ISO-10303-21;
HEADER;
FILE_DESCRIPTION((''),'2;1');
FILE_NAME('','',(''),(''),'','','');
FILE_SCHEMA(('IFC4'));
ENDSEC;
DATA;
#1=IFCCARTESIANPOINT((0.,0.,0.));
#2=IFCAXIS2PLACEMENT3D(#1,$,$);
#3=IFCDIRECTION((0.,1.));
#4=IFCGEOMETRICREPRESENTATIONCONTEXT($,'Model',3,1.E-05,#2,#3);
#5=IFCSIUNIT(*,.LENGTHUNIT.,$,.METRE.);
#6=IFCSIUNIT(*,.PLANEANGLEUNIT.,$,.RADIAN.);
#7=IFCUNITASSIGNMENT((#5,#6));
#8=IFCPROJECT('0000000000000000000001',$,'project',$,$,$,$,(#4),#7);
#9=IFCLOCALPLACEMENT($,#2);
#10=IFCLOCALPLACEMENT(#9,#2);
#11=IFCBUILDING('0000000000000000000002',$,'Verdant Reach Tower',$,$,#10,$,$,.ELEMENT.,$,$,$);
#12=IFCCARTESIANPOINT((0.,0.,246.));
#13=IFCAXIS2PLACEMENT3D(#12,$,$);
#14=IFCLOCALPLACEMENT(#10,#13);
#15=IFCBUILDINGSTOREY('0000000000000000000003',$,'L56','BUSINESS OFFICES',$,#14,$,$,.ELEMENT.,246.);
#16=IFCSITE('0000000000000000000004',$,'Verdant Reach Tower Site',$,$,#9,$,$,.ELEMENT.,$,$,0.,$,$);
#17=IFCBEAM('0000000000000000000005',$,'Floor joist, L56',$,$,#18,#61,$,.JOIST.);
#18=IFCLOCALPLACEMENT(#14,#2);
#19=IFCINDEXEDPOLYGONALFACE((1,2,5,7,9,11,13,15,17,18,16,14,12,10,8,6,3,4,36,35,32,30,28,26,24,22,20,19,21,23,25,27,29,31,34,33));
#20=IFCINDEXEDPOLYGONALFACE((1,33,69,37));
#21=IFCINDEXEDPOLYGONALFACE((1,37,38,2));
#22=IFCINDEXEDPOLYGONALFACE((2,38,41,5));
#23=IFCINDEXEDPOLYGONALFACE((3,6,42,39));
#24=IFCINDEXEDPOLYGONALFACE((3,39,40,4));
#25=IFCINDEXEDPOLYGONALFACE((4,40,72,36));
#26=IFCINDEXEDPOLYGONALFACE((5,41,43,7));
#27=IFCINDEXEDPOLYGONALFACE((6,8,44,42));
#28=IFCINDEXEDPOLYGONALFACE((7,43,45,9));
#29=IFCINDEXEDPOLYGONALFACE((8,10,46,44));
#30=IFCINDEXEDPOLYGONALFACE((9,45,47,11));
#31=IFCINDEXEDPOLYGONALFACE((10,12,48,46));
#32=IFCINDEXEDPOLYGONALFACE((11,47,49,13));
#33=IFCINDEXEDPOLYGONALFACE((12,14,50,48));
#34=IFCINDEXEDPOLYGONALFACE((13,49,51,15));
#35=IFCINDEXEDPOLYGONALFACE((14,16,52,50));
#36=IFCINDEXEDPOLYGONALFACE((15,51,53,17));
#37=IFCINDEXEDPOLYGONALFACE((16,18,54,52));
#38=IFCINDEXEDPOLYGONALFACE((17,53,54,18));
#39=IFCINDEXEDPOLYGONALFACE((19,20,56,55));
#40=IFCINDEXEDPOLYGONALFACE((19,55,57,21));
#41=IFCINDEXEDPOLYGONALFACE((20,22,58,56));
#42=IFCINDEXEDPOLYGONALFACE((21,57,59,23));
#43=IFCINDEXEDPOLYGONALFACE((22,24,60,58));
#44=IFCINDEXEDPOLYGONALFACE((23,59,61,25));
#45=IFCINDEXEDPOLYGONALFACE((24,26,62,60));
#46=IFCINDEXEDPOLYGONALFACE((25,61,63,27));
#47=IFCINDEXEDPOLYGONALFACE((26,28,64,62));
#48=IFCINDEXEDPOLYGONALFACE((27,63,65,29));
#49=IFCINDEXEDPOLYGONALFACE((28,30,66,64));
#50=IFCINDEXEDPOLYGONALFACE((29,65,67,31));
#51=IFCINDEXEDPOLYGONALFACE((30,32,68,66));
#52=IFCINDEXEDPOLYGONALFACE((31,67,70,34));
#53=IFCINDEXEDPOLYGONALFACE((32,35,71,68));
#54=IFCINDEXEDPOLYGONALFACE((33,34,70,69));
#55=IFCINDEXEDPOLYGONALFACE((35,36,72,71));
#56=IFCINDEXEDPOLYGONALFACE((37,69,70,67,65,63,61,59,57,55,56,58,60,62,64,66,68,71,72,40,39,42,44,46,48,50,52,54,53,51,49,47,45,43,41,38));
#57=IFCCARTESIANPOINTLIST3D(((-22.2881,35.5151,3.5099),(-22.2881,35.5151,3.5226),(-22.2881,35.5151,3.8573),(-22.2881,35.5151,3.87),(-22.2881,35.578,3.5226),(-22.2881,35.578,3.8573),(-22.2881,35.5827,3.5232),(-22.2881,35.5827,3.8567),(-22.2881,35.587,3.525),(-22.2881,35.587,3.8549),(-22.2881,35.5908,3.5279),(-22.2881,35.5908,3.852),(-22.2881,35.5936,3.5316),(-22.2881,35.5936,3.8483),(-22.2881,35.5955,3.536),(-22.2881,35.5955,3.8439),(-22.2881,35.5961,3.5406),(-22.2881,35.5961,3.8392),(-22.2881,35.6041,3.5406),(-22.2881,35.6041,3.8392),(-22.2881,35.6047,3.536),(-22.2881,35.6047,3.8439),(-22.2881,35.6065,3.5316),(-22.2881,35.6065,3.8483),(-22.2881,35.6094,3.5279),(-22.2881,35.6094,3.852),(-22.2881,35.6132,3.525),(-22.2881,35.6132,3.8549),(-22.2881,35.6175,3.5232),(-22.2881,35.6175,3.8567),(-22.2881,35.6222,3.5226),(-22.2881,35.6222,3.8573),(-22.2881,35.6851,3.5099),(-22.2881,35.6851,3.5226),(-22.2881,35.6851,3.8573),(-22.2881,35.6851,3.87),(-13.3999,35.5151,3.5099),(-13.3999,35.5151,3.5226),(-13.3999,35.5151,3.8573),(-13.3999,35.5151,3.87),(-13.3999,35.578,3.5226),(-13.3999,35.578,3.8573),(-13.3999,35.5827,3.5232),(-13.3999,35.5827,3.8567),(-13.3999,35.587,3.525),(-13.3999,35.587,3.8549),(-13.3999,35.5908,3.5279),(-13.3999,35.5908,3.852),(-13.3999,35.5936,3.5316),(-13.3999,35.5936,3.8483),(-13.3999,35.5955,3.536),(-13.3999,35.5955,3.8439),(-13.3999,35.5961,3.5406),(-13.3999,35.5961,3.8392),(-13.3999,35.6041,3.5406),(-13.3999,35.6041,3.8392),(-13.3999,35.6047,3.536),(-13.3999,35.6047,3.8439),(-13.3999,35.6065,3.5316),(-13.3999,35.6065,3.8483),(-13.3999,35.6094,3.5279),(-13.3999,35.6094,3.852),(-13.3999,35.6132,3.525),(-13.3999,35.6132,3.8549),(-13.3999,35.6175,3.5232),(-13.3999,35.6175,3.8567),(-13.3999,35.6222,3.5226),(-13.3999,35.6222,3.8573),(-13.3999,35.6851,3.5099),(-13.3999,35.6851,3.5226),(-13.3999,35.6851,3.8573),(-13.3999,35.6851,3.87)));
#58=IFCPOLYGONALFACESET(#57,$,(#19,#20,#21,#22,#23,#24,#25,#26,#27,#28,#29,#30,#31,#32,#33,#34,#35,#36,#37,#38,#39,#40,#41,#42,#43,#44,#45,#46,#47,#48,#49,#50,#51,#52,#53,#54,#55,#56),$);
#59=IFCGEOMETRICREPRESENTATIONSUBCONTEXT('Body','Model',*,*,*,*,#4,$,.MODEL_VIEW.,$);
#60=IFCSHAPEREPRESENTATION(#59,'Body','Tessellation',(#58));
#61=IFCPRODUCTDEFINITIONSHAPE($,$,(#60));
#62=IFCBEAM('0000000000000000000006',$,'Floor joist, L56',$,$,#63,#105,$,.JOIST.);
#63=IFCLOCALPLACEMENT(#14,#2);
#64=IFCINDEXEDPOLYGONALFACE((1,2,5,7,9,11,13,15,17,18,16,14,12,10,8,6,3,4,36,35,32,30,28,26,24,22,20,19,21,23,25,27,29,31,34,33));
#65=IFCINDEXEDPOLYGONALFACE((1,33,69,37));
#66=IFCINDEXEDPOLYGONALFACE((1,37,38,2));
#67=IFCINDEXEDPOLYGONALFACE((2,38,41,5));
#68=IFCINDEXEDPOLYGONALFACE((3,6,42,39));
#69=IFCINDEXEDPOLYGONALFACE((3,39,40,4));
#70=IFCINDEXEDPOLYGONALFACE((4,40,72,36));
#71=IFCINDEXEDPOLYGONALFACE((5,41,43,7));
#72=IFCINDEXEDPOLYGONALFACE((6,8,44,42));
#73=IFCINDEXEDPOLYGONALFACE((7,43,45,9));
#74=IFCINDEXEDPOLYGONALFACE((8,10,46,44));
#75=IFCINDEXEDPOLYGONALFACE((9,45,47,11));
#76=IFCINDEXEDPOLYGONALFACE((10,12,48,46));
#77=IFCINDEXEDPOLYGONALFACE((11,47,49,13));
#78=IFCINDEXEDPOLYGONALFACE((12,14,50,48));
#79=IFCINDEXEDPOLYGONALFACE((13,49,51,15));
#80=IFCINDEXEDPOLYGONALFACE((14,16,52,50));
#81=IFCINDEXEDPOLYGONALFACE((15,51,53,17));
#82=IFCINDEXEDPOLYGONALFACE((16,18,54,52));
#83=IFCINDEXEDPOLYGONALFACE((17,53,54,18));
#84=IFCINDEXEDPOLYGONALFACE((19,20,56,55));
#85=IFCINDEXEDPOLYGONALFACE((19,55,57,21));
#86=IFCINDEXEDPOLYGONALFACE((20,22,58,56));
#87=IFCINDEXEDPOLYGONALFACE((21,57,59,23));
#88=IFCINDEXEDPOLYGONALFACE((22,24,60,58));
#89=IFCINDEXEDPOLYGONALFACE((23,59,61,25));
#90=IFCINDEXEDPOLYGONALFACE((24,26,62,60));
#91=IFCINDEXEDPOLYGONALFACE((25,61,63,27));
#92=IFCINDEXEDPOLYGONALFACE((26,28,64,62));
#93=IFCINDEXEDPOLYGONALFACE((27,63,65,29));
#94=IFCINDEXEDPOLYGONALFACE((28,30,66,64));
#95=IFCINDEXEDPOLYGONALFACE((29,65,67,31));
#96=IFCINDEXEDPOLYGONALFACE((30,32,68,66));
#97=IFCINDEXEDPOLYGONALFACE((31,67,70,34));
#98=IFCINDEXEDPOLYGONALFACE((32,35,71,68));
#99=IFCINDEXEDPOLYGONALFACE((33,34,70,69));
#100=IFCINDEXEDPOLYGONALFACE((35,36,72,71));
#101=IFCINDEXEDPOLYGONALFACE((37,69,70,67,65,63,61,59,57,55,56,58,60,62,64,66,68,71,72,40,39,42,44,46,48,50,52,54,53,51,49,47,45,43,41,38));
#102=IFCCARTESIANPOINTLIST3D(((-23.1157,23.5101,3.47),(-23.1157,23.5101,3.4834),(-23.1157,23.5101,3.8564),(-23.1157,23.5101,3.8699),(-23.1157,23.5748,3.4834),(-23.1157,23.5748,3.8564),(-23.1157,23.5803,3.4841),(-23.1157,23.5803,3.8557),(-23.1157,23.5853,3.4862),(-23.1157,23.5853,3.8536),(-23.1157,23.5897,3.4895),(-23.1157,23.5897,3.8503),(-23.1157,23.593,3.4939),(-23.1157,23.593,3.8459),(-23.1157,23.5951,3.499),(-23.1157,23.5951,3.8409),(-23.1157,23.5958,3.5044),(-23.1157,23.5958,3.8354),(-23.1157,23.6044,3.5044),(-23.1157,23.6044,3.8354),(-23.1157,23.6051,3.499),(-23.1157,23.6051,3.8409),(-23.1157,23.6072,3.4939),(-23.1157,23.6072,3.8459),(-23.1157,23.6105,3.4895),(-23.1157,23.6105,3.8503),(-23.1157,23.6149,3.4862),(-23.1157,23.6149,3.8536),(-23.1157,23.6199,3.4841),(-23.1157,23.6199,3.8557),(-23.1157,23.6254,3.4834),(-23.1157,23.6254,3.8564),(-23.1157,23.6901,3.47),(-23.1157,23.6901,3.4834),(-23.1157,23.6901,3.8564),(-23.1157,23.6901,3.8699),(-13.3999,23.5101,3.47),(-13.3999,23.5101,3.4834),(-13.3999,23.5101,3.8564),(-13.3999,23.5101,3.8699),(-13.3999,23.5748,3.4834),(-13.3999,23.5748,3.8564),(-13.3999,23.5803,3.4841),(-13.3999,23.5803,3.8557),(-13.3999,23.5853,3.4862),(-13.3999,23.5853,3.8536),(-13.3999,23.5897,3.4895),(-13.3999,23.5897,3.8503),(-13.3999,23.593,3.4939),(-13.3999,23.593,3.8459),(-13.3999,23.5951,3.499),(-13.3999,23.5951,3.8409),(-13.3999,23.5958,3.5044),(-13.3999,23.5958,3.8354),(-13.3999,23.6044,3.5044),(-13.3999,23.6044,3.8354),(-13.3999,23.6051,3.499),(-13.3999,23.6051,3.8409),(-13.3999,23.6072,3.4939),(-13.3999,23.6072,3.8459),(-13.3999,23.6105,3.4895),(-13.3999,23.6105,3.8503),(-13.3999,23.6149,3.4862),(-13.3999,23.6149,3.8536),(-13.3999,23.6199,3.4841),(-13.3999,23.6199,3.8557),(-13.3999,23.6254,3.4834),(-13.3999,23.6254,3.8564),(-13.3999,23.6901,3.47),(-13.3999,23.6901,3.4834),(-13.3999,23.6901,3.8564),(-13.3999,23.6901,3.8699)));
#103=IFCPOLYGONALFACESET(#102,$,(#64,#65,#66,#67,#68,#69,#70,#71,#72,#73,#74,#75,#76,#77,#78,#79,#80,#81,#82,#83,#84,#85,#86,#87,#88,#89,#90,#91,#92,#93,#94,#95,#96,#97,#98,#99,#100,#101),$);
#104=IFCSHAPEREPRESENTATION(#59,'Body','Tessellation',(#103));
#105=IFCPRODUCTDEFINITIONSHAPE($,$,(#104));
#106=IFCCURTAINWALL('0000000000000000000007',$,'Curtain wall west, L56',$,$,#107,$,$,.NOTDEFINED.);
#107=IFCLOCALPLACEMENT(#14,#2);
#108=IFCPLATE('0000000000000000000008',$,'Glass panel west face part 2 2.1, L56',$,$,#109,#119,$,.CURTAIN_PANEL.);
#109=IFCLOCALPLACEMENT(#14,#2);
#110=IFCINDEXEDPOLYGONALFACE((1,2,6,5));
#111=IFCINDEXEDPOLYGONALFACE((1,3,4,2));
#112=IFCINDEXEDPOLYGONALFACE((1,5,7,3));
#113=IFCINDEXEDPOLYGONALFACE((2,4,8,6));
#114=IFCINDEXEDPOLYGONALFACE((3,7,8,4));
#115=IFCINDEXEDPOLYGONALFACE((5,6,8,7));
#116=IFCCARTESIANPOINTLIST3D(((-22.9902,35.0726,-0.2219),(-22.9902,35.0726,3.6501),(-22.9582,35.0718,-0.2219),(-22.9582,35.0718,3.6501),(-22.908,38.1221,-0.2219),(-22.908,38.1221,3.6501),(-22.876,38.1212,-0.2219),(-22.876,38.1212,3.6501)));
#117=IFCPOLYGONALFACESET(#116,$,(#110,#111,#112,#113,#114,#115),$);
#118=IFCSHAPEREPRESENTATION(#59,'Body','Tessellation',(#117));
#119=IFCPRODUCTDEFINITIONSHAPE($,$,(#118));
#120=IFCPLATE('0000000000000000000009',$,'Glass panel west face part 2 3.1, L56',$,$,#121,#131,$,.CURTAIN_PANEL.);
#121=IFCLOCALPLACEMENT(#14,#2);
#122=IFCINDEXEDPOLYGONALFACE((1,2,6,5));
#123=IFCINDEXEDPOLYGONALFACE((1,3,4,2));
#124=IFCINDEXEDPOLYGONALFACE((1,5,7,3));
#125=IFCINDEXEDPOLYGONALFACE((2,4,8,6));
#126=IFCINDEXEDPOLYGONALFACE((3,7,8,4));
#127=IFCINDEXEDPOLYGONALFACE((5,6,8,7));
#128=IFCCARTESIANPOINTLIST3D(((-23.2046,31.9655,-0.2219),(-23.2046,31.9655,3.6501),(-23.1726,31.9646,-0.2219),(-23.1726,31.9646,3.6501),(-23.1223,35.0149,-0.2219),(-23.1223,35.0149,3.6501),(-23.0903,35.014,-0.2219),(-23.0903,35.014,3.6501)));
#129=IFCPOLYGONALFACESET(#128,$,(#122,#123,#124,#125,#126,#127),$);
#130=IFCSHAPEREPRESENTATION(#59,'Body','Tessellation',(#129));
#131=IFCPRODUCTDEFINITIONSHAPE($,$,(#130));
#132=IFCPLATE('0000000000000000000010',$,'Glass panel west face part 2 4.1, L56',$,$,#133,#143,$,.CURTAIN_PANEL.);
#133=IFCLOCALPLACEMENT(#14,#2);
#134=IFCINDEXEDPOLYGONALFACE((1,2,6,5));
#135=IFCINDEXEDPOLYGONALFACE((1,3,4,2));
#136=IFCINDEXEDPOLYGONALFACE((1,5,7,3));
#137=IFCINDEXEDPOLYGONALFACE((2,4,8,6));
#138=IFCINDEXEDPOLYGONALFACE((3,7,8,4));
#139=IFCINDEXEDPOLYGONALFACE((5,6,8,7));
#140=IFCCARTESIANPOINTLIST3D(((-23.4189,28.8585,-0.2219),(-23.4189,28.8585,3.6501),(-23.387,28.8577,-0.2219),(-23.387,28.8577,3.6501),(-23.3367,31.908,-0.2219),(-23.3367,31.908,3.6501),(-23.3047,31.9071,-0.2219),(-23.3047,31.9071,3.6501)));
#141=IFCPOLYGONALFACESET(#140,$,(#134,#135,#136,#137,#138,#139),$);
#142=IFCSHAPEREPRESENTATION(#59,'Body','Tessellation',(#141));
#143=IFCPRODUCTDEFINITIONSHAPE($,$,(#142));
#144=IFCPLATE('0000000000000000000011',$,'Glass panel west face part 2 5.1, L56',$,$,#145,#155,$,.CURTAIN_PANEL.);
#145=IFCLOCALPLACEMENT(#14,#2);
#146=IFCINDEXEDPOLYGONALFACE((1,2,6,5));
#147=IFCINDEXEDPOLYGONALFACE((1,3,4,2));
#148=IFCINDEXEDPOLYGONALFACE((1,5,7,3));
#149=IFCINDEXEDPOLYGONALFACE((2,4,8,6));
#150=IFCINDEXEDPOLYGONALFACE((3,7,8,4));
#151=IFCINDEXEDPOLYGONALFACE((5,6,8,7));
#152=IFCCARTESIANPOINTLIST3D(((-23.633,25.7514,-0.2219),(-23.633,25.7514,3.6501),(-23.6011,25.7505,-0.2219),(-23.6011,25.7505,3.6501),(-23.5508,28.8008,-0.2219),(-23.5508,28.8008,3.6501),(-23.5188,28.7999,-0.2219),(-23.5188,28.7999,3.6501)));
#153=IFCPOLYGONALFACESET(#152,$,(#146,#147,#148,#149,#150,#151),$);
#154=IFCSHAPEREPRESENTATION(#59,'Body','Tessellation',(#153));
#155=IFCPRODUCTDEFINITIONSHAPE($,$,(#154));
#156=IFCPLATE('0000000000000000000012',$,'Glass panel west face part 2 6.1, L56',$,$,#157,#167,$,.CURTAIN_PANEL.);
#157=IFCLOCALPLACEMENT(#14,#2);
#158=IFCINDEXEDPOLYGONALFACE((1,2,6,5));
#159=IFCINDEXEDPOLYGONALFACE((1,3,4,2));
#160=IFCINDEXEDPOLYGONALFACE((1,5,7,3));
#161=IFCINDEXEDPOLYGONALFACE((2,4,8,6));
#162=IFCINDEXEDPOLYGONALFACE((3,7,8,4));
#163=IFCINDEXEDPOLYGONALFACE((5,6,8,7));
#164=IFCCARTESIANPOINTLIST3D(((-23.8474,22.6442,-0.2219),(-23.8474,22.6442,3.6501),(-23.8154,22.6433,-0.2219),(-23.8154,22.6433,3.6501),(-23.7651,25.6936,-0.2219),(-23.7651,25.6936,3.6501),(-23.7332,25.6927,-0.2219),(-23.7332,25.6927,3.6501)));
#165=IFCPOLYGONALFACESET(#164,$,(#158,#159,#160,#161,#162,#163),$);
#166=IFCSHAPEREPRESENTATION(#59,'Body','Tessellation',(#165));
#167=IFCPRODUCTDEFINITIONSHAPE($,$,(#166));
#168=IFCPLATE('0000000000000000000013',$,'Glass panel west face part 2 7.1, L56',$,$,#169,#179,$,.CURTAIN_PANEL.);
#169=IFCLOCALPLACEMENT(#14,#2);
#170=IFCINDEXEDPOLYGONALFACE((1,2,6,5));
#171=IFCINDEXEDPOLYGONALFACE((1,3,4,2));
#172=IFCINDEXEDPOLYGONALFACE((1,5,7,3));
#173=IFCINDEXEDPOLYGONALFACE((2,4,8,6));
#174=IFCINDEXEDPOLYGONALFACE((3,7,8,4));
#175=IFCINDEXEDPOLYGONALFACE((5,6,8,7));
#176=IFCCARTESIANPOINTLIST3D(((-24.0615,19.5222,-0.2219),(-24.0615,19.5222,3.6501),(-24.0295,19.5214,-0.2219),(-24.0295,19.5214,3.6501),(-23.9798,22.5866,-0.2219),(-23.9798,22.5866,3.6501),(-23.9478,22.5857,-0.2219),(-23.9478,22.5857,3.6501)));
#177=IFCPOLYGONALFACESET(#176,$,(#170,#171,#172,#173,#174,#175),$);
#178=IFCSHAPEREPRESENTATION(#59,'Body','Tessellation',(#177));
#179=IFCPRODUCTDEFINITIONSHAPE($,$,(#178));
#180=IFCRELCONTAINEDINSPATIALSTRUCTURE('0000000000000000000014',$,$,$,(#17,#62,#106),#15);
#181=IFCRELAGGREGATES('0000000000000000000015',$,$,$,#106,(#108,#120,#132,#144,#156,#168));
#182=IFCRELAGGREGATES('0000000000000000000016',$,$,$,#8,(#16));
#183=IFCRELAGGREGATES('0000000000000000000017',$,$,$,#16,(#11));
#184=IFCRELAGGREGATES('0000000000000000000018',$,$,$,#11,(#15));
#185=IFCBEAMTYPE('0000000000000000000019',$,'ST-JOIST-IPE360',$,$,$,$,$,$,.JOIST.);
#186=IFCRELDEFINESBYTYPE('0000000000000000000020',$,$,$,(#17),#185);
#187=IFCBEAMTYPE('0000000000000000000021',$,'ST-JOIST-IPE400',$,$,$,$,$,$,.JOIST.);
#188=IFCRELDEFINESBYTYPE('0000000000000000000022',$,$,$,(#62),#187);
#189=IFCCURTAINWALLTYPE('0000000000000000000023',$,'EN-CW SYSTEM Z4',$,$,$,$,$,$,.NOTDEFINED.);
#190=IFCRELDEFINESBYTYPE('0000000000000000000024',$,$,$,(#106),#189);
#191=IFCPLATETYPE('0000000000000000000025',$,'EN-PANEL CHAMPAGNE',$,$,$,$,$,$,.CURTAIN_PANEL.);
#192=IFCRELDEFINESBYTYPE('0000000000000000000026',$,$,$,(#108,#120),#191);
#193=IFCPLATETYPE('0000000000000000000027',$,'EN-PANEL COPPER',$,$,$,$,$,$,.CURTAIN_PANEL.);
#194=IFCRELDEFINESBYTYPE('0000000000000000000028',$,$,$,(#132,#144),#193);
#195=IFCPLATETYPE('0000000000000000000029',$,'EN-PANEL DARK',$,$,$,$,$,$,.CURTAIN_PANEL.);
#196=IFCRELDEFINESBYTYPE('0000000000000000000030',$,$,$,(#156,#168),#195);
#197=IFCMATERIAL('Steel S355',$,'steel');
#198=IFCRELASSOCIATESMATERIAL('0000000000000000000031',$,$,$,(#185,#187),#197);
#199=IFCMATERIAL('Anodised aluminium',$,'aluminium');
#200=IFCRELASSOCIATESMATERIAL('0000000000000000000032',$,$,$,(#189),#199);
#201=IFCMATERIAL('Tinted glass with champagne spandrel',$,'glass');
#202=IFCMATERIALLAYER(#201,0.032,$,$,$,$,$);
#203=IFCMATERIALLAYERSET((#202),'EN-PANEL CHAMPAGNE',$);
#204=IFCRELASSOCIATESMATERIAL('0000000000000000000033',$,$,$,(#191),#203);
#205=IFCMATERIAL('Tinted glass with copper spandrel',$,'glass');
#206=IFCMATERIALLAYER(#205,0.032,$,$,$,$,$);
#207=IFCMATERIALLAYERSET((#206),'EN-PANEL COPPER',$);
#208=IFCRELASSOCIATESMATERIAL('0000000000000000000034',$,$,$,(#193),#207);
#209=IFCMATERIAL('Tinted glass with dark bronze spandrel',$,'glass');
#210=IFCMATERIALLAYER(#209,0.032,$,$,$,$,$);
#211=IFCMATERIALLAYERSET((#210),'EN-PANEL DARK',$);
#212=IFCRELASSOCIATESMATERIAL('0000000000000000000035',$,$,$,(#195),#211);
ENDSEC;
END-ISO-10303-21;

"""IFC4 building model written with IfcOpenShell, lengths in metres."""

from ifc_helpers import new_model, si_unit, direction, frame, origin, origin_2d, place, context, subcontext, project, spatial, rectangle, i_section, extrude, material, layer, layer_set, material_profile, profile_set, type_object, element, aggregate, save


model = new_model("IFC4")

# Units and contexts
model_context = context("Model", 3, precision=1e-05, world=origin(), true_north=direction((0.0, 1.0)))
body_context = subcontext(model_context, "Body", "Model", "MODEL_VIEW")
ifc_project = project(units=[si_unit("LENGTHUNIT", "METRE"), si_unit("PLANEANGLEUNIT", "RADIAN")], contexts=[model_context])

# Site, building, storey
site_placement = place(None, origin())
site = spatial("IfcSite", under=ifc_project, at=site_placement, Name="Verdant Reach Tower Site", CompositionType="ELEMENT", RefElevation=0.0)
building_placement = place(site_placement, origin())
building = spatial("IfcBuilding", under=site, at=building_placement, Name="Verdant Reach Tower", CompositionType="ELEMENT")
storey_placement = place(building_placement, frame((0.0, 0.0, 246.0)))
storey = spatial("IfcBuildingStorey", under=building, at=storey_placement, Name="L56", Description="BUSINESS OFFICES", CompositionType="ELEMENT", Elevation=246.0)

# Beams
ifc_material_1 = material(Name="Steel S355", Category="steel")
ifc_material_profile_1 = material_profile(ifc_material_1, i_section(OverallWidth=0.1699, OverallDepth=0.3601, WebThickness=0.0081, FlangeThickness=0.0127, FilletRadius=0.0181, at=origin_2d()), Name="IPE 360")
ifc_profile_set_1 = profile_set([ifc_material_profile_1], Name="Steel S355")
beam_type_1 = type_object("IfcBeamType", Name="ST-JOIST-IPE360", PredefinedType="JOIST", material=ifc_profile_set_1)
beam_1_placement = place(storey_placement, frame((-13.3999, 35.6001, 3.6899), z_axis=(-1.0, 0.0, 0.0), x_axis=(0.0, -1.0, 0.0)))
element("IfcBeam", 1, at=beam_1_placement, inside=storey, type_object=beam_type_1, Name="Floor joist, L56", PredefinedType="JOIST", context=body_context, shape_type="SweptSolid", body=[
    extrude(i_section(OverallWidth=0.1699, OverallDepth=0.3601, WebThickness=0.0081, FlangeThickness=0.0127, FilletRadius=0.0181, at=origin_2d()), origin(), (0.0, 0.0, 1.0), 8.8882),
])
ifc_material_profile_2 = material_profile(ifc_material_1, i_section(OverallWidth=0.1799, OverallDepth=0.3999, WebThickness=0.0085, FlangeThickness=0.0134, FilletRadius=0.021, at=origin_2d()), Name="IPE 400")
ifc_profile_set_2 = profile_set([ifc_material_profile_2], Name="Steel S355")
beam_type_2 = type_object("IfcBeamType", Name="ST-JOIST-IPE400", PredefinedType="JOIST", material=ifc_profile_set_2)
beam_2_placement = place(storey_placement, frame((-13.3999, 23.6001, 3.6699), z_axis=(-1.0, 0.0, 0.0), x_axis=(0.0, -1.0, 0.0)))
element("IfcBeam", 2, at=beam_2_placement, inside=storey, type_object=beam_type_2, Name="Floor joist, L56", PredefinedType="JOIST", context=body_context, shape_type="SweptSolid", body=[
    extrude(i_section(OverallWidth=0.1799, OverallDepth=0.3999, WebThickness=0.0085, FlangeThickness=0.0134, FilletRadius=0.021, at=origin_2d()), origin(), (0.0, 0.0, 1.0), 9.7158),
])

# Curtain wall, plates
ifc_material_2 = material(Name="Anodised aluminium", Category="aluminium")
curtain_wall_type = type_object("IfcCurtainWallType", Name="EN-CW SYSTEM Z4", PredefinedType="NOTDEFINED", material=ifc_material_2)
curtain_wall_placement = place(storey_placement, origin())
curtain_wall = element("IfcCurtainWall", 3, at=curtain_wall_placement, inside=storey, type_object=curtain_wall_type, Name="Curtain wall west, L56", PredefinedType="NOTDEFINED")
ifc_material_3 = material(Name="Tinted glass with champagne spandrel", Category="glass")
ifc_layer_1 = layer(ifc_material_3, 0.032)
ifc_layer_set_1 = layer_set([ifc_layer_1], Name="EN-PANEL CHAMPAGNE")
plate_type_1 = type_object("IfcPlateType", Name="EN-PANEL CHAMPAGNE", PredefinedType="CURTAIN_PANEL", material=ifc_layer_set_1)
plate_1_placement = place(storey_placement, frame((-22.9331, 36.5969, -0.2219), z_axis=(0.0, 0.0, 1.0), x_axis=(-0.026965, -0.999636, 0.0)))
plate_1 = element("IfcPlate", 4, at=plate_1_placement, type_object=plate_type_1, Name="Glass panel west face part 2 2.1, L56", PredefinedType="CURTAIN_PANEL", context=body_context, shape_type="SweptSolid", body=[
    extrude(rectangle(XDim=3.0505, YDim=0.032, at=origin_2d()), origin(), (0.0, 0.0, 1.0), 3.8721),
])
plate_2_placement = place(storey_placement, frame((-23.1475, 33.4897, -0.2219), z_axis=(0.0, 0.0, 1.0), x_axis=(-0.026965, -0.999636, 0.0)))
plate_2 = element("IfcPlate", 5, at=plate_2_placement, type_object=plate_type_1, Name="Glass panel west face part 2 3.1, L56", PredefinedType="CURTAIN_PANEL", context=body_context, shape_type="SweptSolid", body=[
    extrude(rectangle(XDim=3.0505, YDim=0.032, at=origin_2d()), origin(), (0.0, 0.0, 1.0), 3.8721),
])
ifc_material_4 = material(Name="Tinted glass with copper spandrel", Category="glass")
ifc_layer_2 = layer(ifc_material_4, 0.032)
ifc_layer_set_2 = layer_set([ifc_layer_2], Name="EN-PANEL COPPER")
plate_type_2 = type_object("IfcPlateType", Name="EN-PANEL COPPER", PredefinedType="CURTAIN_PANEL", material=ifc_layer_set_2)
plate_3_placement = place(storey_placement, frame((-23.3618, 30.3828, -0.2219), z_axis=(0.0, 0.0, 1.0), x_axis=(-0.026965, -0.999636, 0.0)))
plate_3 = element("IfcPlate", 6, at=plate_3_placement, type_object=plate_type_2, Name="Glass panel west face part 2 4.1, L56", PredefinedType="CURTAIN_PANEL", context=body_context, shape_type="SweptSolid", body=[
    extrude(rectangle(XDim=3.0505, YDim=0.032, at=origin_2d()), origin(), (0.0, 0.0, 1.0), 3.8721),
])
plate_4_placement = place(storey_placement, frame((-23.5759, 27.2756, -0.2219), z_axis=(0.0, 0.0, 1.0), x_axis=(-0.026965, -0.999636, 0.0)))
plate_4 = element("IfcPlate", 7, at=plate_4_placement, type_object=plate_type_2, Name="Glass panel west face part 2 5.1, L56", PredefinedType="CURTAIN_PANEL", context=body_context, shape_type="SweptSolid", body=[
    extrude(rectangle(XDim=3.0505, YDim=0.032, at=origin_2d()), origin(), (0.0, 0.0, 1.0), 3.8721),
])
ifc_material_5 = material(Name="Tinted glass with dark bronze spandrel", Category="glass")
ifc_layer_3 = layer(ifc_material_5, 0.032)
ifc_layer_set_3 = layer_set([ifc_layer_3], Name="EN-PANEL DARK")
plate_type_3 = type_object("IfcPlateType", Name="EN-PANEL DARK", PredefinedType="CURTAIN_PANEL", material=ifc_layer_set_3)
plate_5_placement = place(storey_placement, frame((-23.7903, 24.1685, -0.2219), z_axis=(0.0, 0.0, 1.0), x_axis=(-0.026965, -0.999636, 0.0)))
plate_5 = element("IfcPlate", 8, at=plate_5_placement, type_object=plate_type_3, Name="Glass panel west face part 2 6.1, L56", PredefinedType="CURTAIN_PANEL", context=body_context, shape_type="SweptSolid", body=[
    extrude(rectangle(XDim=3.0505, YDim=0.032, at=origin_2d()), origin(), (0.0, 0.0, 1.0), 3.8721),
])
plate_6_placement = place(storey_placement, frame((-24.0046, 21.054, -0.2219), z_axis=(0.0, 0.0, 1.0), x_axis=(-0.026651, -0.999645, 0.0)))
plate_6 = element("IfcPlate", 9, at=plate_6_placement, type_object=plate_type_3, Name="Glass panel west face part 2 7.1, L56", PredefinedType="CURTAIN_PANEL", context=body_context, shape_type="SweptSolid", body=[
    extrude(rectangle(XDim=3.0654, YDim=0.032, at=origin_2d()), origin(), (0.0, 0.0, 1.0), 3.8721),
])
aggregate(curtain_wall, [plate_1, plate_2, plate_3, plate_4, plate_5, plate_6])

save(model, "model.ifc")
